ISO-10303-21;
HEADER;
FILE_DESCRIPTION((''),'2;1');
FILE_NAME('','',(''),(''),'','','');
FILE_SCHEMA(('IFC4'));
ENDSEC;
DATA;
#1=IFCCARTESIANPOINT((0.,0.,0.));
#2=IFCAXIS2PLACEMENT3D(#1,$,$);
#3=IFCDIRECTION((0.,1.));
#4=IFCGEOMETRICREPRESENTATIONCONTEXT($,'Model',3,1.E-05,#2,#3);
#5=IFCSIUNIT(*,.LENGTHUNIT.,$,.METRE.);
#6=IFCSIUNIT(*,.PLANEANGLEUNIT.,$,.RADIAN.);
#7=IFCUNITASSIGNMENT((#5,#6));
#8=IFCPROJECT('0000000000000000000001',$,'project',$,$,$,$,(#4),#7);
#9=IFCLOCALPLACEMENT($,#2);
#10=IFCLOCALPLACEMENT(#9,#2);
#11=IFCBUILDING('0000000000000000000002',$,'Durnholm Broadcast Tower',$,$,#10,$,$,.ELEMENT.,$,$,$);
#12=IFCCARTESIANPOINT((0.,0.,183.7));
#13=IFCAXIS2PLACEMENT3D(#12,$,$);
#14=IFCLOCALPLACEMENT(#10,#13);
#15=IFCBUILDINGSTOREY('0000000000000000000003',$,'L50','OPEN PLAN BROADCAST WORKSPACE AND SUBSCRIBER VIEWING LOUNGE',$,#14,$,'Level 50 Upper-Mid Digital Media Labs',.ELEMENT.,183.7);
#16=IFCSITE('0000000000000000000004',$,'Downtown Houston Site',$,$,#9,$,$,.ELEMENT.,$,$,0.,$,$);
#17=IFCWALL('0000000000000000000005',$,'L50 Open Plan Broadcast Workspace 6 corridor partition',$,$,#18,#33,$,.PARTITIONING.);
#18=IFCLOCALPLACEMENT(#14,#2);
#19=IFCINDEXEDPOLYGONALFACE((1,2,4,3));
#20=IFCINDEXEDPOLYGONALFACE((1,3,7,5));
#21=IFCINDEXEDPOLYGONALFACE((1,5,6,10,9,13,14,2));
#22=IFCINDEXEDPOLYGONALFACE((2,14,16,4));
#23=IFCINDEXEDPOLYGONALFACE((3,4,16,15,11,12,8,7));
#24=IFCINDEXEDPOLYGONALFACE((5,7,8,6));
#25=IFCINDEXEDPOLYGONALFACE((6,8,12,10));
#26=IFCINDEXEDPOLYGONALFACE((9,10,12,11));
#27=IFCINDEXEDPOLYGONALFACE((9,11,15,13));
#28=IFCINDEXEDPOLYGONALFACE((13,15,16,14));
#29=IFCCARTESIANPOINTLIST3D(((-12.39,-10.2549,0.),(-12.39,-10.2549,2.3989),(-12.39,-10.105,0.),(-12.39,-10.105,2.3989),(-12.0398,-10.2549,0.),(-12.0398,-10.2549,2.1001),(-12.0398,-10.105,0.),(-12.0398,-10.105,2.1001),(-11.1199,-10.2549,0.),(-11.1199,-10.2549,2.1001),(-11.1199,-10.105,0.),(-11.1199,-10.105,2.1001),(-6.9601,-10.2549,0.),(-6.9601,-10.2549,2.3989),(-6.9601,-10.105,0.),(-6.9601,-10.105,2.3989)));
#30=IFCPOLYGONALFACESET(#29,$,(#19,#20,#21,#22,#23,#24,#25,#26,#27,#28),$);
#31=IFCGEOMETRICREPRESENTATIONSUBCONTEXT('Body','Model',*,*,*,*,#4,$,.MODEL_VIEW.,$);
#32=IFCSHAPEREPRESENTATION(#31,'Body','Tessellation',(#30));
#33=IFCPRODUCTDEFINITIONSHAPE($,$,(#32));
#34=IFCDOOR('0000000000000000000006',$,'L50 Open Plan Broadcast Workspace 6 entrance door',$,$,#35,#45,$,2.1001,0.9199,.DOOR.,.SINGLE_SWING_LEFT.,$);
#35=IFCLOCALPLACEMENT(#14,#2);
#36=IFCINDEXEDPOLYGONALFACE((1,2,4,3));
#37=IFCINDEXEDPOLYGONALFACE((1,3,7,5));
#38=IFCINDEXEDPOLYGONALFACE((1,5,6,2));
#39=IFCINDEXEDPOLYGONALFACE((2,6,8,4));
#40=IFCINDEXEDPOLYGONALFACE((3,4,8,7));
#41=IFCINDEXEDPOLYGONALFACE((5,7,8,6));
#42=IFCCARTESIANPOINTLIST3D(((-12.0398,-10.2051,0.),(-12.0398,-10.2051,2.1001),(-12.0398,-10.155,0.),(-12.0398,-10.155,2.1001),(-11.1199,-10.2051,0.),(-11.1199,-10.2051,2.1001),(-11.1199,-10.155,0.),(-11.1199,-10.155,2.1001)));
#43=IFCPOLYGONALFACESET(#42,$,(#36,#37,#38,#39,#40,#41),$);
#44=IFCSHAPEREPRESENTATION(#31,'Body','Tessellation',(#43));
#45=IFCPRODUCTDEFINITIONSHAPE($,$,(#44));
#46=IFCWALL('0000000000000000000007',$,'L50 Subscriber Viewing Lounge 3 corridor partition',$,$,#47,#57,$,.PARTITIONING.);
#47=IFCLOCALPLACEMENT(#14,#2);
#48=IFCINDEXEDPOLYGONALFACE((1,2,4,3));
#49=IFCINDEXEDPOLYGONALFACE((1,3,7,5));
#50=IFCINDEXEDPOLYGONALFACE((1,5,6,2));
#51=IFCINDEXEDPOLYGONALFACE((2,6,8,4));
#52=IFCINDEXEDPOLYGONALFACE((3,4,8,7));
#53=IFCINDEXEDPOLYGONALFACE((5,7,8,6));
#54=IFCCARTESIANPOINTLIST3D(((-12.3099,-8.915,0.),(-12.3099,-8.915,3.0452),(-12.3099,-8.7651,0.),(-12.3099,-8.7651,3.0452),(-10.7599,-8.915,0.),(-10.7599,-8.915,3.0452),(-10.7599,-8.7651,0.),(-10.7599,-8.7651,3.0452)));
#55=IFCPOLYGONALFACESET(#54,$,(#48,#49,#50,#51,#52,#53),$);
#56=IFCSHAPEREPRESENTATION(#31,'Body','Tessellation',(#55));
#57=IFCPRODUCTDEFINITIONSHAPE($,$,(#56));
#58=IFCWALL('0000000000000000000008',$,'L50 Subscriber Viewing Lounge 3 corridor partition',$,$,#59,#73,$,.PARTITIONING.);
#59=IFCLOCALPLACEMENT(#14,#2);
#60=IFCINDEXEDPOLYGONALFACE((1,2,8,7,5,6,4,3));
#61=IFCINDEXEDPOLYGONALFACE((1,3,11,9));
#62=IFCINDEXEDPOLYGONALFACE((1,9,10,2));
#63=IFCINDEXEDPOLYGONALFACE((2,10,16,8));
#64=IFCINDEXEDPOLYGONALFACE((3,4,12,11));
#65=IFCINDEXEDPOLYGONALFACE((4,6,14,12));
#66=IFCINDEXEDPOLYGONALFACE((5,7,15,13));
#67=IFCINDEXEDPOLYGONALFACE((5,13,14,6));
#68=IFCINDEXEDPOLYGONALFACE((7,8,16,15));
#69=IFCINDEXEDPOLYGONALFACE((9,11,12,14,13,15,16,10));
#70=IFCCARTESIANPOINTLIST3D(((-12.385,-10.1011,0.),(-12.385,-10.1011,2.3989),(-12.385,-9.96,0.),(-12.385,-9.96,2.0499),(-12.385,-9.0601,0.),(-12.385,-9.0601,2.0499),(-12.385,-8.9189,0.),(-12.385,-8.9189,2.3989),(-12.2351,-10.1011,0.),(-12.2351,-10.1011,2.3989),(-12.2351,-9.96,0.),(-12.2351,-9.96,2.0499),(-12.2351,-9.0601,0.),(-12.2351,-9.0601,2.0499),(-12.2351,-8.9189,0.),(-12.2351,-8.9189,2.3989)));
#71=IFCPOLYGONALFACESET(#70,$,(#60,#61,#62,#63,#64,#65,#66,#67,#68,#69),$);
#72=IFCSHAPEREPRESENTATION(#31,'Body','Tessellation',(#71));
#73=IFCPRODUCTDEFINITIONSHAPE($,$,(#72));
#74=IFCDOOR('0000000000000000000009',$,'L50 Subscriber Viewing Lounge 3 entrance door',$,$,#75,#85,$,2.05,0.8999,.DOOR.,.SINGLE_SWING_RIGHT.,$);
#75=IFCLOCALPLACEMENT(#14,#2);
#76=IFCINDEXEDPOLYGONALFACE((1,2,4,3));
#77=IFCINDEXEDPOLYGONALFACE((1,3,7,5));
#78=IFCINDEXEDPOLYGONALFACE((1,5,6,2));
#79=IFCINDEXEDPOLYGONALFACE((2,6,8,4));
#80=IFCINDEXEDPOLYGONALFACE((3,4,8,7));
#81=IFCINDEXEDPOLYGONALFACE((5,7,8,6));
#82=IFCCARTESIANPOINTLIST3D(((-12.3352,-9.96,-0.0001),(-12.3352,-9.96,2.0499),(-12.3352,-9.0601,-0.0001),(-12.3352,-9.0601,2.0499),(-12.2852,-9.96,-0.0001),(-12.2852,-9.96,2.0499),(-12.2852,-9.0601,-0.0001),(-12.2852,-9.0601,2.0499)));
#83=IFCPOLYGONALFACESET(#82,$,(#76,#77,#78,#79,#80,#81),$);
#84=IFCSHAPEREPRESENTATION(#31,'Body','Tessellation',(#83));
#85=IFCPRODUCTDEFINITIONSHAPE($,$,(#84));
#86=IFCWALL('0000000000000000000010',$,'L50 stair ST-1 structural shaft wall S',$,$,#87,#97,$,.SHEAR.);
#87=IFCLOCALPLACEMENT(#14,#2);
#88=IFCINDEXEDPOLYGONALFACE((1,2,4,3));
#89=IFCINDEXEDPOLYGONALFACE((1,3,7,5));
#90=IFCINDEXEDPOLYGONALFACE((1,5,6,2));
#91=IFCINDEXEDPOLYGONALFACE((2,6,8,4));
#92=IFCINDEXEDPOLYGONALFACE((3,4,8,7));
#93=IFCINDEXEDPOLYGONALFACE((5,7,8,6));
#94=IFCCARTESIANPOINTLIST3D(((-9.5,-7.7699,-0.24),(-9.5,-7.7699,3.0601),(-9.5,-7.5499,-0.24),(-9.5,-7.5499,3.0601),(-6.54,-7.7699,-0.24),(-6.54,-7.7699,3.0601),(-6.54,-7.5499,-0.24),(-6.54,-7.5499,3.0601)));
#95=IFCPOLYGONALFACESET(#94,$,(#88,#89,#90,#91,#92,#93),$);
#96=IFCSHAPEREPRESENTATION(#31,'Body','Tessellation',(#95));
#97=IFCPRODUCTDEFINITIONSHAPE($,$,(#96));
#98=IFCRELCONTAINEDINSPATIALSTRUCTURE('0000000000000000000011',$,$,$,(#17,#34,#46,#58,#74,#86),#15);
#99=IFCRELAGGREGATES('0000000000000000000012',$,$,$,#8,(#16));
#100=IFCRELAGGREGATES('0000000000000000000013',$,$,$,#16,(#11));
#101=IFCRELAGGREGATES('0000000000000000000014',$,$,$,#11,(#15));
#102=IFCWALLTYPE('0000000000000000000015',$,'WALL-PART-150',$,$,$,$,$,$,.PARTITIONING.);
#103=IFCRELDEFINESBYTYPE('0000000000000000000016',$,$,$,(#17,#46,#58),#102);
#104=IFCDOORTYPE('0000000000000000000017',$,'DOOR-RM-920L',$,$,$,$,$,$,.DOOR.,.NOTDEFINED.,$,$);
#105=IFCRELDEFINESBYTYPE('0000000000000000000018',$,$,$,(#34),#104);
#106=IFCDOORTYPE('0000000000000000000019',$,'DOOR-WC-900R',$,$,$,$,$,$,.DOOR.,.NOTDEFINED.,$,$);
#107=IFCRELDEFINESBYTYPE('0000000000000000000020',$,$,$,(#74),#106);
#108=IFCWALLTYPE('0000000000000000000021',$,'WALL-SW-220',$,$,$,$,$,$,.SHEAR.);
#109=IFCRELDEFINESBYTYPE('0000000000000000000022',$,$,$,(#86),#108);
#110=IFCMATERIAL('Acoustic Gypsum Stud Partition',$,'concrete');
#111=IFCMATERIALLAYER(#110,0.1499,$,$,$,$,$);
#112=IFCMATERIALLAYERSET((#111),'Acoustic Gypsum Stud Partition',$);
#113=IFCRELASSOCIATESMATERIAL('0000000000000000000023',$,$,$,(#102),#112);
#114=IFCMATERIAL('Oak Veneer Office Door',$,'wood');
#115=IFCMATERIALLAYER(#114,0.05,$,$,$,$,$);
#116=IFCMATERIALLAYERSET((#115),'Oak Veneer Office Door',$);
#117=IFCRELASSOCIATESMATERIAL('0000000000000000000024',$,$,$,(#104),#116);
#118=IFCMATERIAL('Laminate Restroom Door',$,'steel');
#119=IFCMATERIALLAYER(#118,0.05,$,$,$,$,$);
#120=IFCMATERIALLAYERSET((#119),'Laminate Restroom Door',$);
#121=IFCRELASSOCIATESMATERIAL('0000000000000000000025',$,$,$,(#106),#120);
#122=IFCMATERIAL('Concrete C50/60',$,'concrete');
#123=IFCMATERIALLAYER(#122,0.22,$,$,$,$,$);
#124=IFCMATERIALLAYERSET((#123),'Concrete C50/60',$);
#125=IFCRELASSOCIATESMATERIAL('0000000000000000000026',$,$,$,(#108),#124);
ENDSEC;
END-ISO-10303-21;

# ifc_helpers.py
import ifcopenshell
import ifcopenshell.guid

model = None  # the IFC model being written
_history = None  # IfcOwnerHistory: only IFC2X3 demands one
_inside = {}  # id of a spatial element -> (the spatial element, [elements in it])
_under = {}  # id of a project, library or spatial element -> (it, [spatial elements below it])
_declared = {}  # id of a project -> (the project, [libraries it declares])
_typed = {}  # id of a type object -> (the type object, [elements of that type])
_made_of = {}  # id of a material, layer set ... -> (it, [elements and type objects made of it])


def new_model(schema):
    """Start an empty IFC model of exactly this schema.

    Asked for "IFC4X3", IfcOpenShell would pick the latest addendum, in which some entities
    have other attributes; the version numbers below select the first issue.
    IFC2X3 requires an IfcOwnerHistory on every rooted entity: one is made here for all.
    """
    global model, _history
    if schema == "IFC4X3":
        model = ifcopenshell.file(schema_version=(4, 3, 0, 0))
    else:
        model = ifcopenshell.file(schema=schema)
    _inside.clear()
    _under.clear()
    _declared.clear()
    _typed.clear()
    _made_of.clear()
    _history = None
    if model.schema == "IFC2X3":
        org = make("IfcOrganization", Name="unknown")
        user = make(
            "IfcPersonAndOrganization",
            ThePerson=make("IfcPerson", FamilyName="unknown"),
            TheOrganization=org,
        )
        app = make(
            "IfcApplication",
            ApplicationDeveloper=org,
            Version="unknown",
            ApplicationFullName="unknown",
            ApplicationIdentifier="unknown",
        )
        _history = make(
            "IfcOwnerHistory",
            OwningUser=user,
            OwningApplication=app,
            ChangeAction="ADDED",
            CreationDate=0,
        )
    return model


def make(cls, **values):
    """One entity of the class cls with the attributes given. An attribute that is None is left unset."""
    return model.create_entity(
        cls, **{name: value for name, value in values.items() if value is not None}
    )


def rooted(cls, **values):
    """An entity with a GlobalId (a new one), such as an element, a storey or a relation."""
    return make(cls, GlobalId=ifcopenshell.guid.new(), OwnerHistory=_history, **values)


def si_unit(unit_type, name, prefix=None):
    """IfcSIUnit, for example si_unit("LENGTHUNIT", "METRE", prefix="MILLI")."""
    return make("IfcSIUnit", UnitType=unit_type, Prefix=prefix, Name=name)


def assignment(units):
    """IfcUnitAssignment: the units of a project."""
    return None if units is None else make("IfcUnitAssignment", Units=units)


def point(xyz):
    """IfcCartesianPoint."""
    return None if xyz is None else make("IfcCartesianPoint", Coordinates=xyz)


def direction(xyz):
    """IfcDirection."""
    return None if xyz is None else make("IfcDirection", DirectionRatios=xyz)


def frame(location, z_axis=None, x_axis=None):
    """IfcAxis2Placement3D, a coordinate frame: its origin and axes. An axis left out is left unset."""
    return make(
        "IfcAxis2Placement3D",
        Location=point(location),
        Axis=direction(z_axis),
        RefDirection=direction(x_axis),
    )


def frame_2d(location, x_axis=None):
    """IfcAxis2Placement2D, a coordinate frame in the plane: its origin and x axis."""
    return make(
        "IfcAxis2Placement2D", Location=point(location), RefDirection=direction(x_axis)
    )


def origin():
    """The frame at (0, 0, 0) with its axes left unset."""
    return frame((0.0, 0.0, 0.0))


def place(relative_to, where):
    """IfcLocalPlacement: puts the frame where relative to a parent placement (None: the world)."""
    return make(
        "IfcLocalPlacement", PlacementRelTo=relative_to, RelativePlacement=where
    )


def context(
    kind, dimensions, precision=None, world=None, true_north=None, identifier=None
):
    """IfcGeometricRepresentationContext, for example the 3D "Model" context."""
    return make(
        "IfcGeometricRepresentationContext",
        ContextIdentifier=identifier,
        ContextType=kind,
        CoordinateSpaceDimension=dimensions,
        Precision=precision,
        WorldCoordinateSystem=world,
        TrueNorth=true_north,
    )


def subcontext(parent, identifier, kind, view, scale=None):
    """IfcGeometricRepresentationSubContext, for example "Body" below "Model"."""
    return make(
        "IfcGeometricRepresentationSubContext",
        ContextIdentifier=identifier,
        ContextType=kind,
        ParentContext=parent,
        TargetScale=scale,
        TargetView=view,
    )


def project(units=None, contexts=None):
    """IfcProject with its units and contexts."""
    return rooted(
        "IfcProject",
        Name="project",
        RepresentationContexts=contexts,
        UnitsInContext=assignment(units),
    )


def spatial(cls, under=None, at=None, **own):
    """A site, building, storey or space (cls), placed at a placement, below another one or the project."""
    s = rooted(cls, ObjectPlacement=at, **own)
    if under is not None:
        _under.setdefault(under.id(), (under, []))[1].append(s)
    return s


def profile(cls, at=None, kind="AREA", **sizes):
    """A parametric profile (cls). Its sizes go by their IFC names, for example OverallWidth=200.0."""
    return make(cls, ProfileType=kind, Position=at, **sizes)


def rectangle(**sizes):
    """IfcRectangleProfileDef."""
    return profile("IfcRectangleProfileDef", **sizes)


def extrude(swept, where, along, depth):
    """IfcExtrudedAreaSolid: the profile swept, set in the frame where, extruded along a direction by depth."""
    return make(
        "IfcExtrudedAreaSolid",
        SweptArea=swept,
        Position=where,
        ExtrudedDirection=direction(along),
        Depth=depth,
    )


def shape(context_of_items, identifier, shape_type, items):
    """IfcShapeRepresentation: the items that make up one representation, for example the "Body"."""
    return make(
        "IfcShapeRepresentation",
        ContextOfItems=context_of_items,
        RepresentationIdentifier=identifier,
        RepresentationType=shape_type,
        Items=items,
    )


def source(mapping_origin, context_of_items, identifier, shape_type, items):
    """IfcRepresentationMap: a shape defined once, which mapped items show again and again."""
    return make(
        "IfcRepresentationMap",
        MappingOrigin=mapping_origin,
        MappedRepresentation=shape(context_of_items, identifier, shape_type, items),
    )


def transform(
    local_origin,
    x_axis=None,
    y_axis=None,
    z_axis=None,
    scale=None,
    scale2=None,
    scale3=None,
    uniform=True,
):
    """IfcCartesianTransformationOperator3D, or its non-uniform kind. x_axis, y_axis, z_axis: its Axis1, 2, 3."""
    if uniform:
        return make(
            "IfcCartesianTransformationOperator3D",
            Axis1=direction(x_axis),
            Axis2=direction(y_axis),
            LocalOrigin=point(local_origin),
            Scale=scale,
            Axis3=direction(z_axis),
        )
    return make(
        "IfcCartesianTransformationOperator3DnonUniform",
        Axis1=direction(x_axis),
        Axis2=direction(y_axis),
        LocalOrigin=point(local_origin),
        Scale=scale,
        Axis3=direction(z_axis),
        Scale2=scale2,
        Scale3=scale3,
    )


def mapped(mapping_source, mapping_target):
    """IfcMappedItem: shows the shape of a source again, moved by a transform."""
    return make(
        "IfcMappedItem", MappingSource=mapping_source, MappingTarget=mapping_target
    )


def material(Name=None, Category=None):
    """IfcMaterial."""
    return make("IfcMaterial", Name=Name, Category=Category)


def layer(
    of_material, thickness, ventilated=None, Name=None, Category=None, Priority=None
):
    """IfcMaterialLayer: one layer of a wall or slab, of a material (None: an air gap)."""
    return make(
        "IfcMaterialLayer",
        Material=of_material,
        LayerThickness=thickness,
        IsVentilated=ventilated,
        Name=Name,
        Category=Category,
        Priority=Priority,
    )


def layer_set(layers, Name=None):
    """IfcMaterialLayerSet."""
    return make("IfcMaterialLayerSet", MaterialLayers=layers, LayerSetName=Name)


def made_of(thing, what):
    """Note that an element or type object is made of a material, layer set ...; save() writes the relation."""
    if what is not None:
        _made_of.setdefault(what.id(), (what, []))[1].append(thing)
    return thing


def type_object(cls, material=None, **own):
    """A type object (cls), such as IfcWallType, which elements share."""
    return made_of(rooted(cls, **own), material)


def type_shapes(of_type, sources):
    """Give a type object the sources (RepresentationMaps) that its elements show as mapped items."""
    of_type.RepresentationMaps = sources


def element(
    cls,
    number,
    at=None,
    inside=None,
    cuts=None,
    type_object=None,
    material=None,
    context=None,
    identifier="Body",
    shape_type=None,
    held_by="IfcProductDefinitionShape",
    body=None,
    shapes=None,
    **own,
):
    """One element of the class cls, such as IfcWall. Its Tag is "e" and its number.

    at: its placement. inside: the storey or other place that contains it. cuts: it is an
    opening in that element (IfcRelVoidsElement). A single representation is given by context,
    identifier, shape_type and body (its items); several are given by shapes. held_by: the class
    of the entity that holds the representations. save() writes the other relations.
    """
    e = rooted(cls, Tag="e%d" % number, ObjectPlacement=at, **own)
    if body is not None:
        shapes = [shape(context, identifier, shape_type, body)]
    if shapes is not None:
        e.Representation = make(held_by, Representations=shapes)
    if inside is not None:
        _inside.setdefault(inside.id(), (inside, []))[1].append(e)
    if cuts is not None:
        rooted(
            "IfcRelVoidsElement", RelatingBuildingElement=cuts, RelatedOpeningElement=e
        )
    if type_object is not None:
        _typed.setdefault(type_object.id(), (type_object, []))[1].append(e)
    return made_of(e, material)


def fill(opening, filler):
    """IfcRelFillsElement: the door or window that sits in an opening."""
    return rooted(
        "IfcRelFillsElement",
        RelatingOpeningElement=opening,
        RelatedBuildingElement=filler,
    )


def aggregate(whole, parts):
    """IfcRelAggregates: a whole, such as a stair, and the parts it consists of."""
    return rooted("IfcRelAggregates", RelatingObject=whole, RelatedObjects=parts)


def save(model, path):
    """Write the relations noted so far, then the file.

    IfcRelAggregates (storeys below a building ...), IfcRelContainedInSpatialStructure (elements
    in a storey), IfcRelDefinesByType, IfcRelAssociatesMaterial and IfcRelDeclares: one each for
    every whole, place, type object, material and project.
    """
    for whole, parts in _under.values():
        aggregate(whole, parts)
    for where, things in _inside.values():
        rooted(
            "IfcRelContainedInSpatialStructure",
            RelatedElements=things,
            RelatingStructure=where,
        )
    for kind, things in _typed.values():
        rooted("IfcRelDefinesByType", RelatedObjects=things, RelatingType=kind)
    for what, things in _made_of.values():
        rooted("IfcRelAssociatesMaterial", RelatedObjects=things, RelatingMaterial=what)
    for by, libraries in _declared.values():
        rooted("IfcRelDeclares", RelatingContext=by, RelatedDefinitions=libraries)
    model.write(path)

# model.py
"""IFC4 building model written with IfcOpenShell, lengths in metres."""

from ifc_helpers import new_model, si_unit, direction, frame, frame_2d, origin, place, context, subcontext, project, spatial, rectangle, extrude, source, transform, mapped, material, layer, layer_set, type_object, type_shapes, element, fill, save


model = new_model("IFC4")

# Units and contexts
model_context = context("Model", 3, precision=1e-05, world=origin(), true_north=direction((0.0, 1.0)))
body_context = subcontext(model_context, "Body", "Model", "MODEL_VIEW")
ifc_project = project(units=[si_unit("LENGTHUNIT", "METRE"), si_unit("PLANEANGLEUNIT", "RADIAN")], contexts=[model_context])

# Site, building, storey
site_placement = place(None, origin())
site = spatial("IfcSite", under=ifc_project, at=site_placement, Name="Downtown Houston Site", CompositionType="ELEMENT", RefElevation=0.0)
building_placement = place(site_placement, origin())
building = spatial("IfcBuilding", under=site, at=building_placement, Name="Durnholm Broadcast Tower", CompositionType="ELEMENT")
storey_placement = place(building_placement, frame((0.0, 0.0, 183.7)))
storey = spatial("IfcBuildingStorey", under=building, at=storey_placement, Name="L50", Description="OPEN PLAN BROADCAST WORKSPACE AND SUBSCRIBER VIEWING LOUNGE", LongName="Level 50 Upper-Mid Digital Media Labs", CompositionType="ELEMENT", Elevation=183.7)

# Wall, opening, door
ifc_material_1 = material(Name="Acoustic Gypsum Stud Partition", Category="concrete")
ifc_layer_1 = layer(ifc_material_1, 0.1499)
ifc_layer_set_1 = layer_set([ifc_layer_1], Name="Acoustic Gypsum Stud Partition")
wall_type_1 = type_object("IfcWallType", Name="WALL-PART-150", PredefinedType="PARTITIONING", material=ifc_layer_set_1)
wall_1_placement = place(storey_placement, frame((-12.3899, -10.1799, 0.0), z_axis=(0.0, 0.0, 1.0), x_axis=(1.0, 0.0, 0.0)))
wall_1 = element("IfcWall", 1, at=wall_1_placement, inside=storey, type_object=wall_type_1, Name="L50 Open Plan Broadcast Workspace 6 corridor partition", PredefinedType="PARTITIONING", context=body_context, shape_type="SweptSolid", body=[
    extrude(rectangle(XDim=5.4299, YDim=0.1499, at=frame_2d((2.7148, 0.0))), origin(), (0.0, 0.0, 1.0), 2.3989),
])
opening_1_placement = place(wall_1_placement, frame((0.3501, 0.0, 0.0)))
opening_1 = element("IfcOpeningElement", 2, at=opening_1_placement, cuts=wall_1, PredefinedType="OPENING", context=body_context, shape_type="SweptSolid", body=[
    extrude(rectangle(XDim=0.9199, YDim=2.1001, at=frame_2d((0.46, 1.05))), frame((0.0, 0.085, 0.0), z_axis=(0.0, -1.0, 0.0), x_axis=(1.0, 0.0, 0.0)), (0.0, 0.0, 1.0), 0.1699),
])
ifc_material_2 = material(Name="Oak Veneer Office Door", Category="wood")
ifc_layer_2 = layer(ifc_material_2, 0.05)
ifc_layer_set_2 = layer_set([ifc_layer_2], Name="Oak Veneer Office Door")
door_type_1 = type_object("IfcDoorType", Name="DOOR-RM-920L", OperationType="NOTDEFINED", PredefinedType="DOOR", material=ifc_layer_set_2)
shared_shape_1 = source(origin(), body_context, "Body", "SweptSolid", [
    extrude(rectangle(XDim=0.9199, YDim=2.1001, at=frame_2d((0.46, 1.05))), frame((0.0, 0.0249, 0.0), z_axis=(0.0, -1.0, 0.0), x_axis=(1.0, 0.0, 0.0)), (0.0, 0.0, 1.0), 0.05),
])
type_shapes(door_type_1, [shared_shape_1])
door_1_placement = place(opening_1_placement, origin())
door_1 = element("IfcDoor", 3, at=door_1_placement, inside=storey, type_object=door_type_1, Name="L50 Open Plan Broadcast Workspace 6 entrance door", OperationType="SINGLE_SWING_LEFT", OverallHeight=2.1001, OverallWidth=0.9199, PredefinedType="DOOR", context=body_context, shape_type="MappedRepresentation", body=[
    mapped(shared_shape_1, transform((0.0, 0.0, 0.0), x_axis=(1.0, 0.0, 0.0), y_axis=(0.0, 1.0, 0.0), z_axis=(0.0, 0.0, 1.0), scale=1.0)),
])
fill(opening_1, door_1)

# Wall
wall_2_placement = place(storey_placement, frame((-10.76, -8.8401, 0.0), z_axis=(0.0, 0.0, 1.0), x_axis=(-1.0, 0.0, 0.0)))
element("IfcWall", 4, at=wall_2_placement, inside=storey, type_object=wall_type_1, Name="L50 Subscriber Viewing Lounge 3 corridor partition", PredefinedType="PARTITIONING", context=body_context, shape_type="SweptSolid", body=[
    extrude(rectangle(XDim=1.55, YDim=0.1499, at=frame_2d((0.7749, 0.0))), origin(), (0.0, 0.0, 1.0), 3.0452),
])

# Wall, opening, door
wall_3_placement = place(storey_placement, frame((-12.3101, -8.9189, 0.0), z_axis=(0.0, 0.0, 1.0), x_axis=(0.0, -1.0, 0.0)))
wall_3 = element("IfcWall", 5, at=wall_3_placement, inside=storey, type_object=wall_type_1, Name="L50 Subscriber Viewing Lounge 3 corridor partition", PredefinedType="PARTITIONING", context=body_context, shape_type="SweptSolid", body=[
    extrude(rectangle(XDim=1.1821, YDim=0.1499, at=frame_2d((0.5911, 0.0))), origin(), (0.0, 0.0, 1.0), 2.3989),
])
opening_2_placement = place(wall_3_placement, frame((0.1411, 0.0, 0.0)))
opening_2 = element("IfcOpeningElement", 6, at=opening_2_placement, cuts=wall_3, PredefinedType="OPENING", context=body_context, shape_type="SweptSolid", body=[
    extrude(rectangle(XDim=0.8999, YDim=2.05, at=frame_2d((0.45, 1.0249))), frame((0.0, 0.085, 0.0), z_axis=(0.0, -1.0, 0.0), x_axis=(1.0, 0.0, 0.0)), (0.0, 0.0, 1.0), 0.1699),
])
ifc_material_3 = material(Name="Laminate Restroom Door", Category="steel")
ifc_layer_3 = layer(ifc_material_3, 0.05)
ifc_layer_set_3 = layer_set([ifc_layer_3], Name="Laminate Restroom Door")
door_type_2 = type_object("IfcDoorType", Name="DOOR-WC-900R", OperationType="NOTDEFINED", PredefinedType="DOOR", material=ifc_layer_set_3)
shared_shape_2 = source(origin(), body_context, "Body", "SweptSolid", [
    extrude(rectangle(XDim=0.8999, YDim=2.05, at=frame_2d((0.45, 1.0249))), frame((0.0, 0.0249, 0.0), z_axis=(0.0, -1.0, 0.0), x_axis=(1.0, 0.0, 0.0)), (0.0, 0.0, 1.0), 0.05),
])
type_shapes(door_type_2, [shared_shape_2])
door_2_placement = place(opening_2_placement, origin())
door_2 = element("IfcDoor", 7, at=door_2_placement, inside=storey, type_object=door_type_2, Name="L50 Subscriber Viewing Lounge 3 entrance door", OperationType="SINGLE_SWING_RIGHT", OverallHeight=2.05, OverallWidth=0.8999, PredefinedType="DOOR", context=body_context, shape_type="MappedRepresentation", body=[
    mapped(shared_shape_2, transform((0.0, 0.0, 0.0), x_axis=(1.0, 0.0, 0.0), y_axis=(0.0, 1.0, 0.0), z_axis=(0.0, 0.0, 1.0), scale=1.0)),
])
fill(opening_2, door_2)

# Wall
ifc_material_4 = material(Name="Concrete C50/60", Category="concrete")
ifc_layer_4 = layer(ifc_material_4, 0.22)
ifc_layer_set_4 = layer_set([ifc_layer_4], Name="Concrete C50/60")
wall_type_2 = type_object("IfcWallType", Name="WALL-SW-220", PredefinedType="SHEAR", material=ifc_layer_set_4)
wall_4_placement = place(storey_placement, frame((-9.5, -7.6599, -0.24), z_axis=(0.0, 0.0, 1.0), x_axis=(1.0, 0.0, 0.0)))
element("IfcWall", 8, at=wall_4_placement, inside=storey, type_object=wall_type_2, Name="L50 stair ST-1 structural shaft wall S", PredefinedType="SHEAR", context=body_context, shape_type="SweptSolid", body=[
    extrude(rectangle(XDim=2.96, YDim=0.22, at=frame_2d((1.48, 0.0))), origin(), (0.0, 0.0, 1.0), 3.3),
])

save(model, "model.ifc")
